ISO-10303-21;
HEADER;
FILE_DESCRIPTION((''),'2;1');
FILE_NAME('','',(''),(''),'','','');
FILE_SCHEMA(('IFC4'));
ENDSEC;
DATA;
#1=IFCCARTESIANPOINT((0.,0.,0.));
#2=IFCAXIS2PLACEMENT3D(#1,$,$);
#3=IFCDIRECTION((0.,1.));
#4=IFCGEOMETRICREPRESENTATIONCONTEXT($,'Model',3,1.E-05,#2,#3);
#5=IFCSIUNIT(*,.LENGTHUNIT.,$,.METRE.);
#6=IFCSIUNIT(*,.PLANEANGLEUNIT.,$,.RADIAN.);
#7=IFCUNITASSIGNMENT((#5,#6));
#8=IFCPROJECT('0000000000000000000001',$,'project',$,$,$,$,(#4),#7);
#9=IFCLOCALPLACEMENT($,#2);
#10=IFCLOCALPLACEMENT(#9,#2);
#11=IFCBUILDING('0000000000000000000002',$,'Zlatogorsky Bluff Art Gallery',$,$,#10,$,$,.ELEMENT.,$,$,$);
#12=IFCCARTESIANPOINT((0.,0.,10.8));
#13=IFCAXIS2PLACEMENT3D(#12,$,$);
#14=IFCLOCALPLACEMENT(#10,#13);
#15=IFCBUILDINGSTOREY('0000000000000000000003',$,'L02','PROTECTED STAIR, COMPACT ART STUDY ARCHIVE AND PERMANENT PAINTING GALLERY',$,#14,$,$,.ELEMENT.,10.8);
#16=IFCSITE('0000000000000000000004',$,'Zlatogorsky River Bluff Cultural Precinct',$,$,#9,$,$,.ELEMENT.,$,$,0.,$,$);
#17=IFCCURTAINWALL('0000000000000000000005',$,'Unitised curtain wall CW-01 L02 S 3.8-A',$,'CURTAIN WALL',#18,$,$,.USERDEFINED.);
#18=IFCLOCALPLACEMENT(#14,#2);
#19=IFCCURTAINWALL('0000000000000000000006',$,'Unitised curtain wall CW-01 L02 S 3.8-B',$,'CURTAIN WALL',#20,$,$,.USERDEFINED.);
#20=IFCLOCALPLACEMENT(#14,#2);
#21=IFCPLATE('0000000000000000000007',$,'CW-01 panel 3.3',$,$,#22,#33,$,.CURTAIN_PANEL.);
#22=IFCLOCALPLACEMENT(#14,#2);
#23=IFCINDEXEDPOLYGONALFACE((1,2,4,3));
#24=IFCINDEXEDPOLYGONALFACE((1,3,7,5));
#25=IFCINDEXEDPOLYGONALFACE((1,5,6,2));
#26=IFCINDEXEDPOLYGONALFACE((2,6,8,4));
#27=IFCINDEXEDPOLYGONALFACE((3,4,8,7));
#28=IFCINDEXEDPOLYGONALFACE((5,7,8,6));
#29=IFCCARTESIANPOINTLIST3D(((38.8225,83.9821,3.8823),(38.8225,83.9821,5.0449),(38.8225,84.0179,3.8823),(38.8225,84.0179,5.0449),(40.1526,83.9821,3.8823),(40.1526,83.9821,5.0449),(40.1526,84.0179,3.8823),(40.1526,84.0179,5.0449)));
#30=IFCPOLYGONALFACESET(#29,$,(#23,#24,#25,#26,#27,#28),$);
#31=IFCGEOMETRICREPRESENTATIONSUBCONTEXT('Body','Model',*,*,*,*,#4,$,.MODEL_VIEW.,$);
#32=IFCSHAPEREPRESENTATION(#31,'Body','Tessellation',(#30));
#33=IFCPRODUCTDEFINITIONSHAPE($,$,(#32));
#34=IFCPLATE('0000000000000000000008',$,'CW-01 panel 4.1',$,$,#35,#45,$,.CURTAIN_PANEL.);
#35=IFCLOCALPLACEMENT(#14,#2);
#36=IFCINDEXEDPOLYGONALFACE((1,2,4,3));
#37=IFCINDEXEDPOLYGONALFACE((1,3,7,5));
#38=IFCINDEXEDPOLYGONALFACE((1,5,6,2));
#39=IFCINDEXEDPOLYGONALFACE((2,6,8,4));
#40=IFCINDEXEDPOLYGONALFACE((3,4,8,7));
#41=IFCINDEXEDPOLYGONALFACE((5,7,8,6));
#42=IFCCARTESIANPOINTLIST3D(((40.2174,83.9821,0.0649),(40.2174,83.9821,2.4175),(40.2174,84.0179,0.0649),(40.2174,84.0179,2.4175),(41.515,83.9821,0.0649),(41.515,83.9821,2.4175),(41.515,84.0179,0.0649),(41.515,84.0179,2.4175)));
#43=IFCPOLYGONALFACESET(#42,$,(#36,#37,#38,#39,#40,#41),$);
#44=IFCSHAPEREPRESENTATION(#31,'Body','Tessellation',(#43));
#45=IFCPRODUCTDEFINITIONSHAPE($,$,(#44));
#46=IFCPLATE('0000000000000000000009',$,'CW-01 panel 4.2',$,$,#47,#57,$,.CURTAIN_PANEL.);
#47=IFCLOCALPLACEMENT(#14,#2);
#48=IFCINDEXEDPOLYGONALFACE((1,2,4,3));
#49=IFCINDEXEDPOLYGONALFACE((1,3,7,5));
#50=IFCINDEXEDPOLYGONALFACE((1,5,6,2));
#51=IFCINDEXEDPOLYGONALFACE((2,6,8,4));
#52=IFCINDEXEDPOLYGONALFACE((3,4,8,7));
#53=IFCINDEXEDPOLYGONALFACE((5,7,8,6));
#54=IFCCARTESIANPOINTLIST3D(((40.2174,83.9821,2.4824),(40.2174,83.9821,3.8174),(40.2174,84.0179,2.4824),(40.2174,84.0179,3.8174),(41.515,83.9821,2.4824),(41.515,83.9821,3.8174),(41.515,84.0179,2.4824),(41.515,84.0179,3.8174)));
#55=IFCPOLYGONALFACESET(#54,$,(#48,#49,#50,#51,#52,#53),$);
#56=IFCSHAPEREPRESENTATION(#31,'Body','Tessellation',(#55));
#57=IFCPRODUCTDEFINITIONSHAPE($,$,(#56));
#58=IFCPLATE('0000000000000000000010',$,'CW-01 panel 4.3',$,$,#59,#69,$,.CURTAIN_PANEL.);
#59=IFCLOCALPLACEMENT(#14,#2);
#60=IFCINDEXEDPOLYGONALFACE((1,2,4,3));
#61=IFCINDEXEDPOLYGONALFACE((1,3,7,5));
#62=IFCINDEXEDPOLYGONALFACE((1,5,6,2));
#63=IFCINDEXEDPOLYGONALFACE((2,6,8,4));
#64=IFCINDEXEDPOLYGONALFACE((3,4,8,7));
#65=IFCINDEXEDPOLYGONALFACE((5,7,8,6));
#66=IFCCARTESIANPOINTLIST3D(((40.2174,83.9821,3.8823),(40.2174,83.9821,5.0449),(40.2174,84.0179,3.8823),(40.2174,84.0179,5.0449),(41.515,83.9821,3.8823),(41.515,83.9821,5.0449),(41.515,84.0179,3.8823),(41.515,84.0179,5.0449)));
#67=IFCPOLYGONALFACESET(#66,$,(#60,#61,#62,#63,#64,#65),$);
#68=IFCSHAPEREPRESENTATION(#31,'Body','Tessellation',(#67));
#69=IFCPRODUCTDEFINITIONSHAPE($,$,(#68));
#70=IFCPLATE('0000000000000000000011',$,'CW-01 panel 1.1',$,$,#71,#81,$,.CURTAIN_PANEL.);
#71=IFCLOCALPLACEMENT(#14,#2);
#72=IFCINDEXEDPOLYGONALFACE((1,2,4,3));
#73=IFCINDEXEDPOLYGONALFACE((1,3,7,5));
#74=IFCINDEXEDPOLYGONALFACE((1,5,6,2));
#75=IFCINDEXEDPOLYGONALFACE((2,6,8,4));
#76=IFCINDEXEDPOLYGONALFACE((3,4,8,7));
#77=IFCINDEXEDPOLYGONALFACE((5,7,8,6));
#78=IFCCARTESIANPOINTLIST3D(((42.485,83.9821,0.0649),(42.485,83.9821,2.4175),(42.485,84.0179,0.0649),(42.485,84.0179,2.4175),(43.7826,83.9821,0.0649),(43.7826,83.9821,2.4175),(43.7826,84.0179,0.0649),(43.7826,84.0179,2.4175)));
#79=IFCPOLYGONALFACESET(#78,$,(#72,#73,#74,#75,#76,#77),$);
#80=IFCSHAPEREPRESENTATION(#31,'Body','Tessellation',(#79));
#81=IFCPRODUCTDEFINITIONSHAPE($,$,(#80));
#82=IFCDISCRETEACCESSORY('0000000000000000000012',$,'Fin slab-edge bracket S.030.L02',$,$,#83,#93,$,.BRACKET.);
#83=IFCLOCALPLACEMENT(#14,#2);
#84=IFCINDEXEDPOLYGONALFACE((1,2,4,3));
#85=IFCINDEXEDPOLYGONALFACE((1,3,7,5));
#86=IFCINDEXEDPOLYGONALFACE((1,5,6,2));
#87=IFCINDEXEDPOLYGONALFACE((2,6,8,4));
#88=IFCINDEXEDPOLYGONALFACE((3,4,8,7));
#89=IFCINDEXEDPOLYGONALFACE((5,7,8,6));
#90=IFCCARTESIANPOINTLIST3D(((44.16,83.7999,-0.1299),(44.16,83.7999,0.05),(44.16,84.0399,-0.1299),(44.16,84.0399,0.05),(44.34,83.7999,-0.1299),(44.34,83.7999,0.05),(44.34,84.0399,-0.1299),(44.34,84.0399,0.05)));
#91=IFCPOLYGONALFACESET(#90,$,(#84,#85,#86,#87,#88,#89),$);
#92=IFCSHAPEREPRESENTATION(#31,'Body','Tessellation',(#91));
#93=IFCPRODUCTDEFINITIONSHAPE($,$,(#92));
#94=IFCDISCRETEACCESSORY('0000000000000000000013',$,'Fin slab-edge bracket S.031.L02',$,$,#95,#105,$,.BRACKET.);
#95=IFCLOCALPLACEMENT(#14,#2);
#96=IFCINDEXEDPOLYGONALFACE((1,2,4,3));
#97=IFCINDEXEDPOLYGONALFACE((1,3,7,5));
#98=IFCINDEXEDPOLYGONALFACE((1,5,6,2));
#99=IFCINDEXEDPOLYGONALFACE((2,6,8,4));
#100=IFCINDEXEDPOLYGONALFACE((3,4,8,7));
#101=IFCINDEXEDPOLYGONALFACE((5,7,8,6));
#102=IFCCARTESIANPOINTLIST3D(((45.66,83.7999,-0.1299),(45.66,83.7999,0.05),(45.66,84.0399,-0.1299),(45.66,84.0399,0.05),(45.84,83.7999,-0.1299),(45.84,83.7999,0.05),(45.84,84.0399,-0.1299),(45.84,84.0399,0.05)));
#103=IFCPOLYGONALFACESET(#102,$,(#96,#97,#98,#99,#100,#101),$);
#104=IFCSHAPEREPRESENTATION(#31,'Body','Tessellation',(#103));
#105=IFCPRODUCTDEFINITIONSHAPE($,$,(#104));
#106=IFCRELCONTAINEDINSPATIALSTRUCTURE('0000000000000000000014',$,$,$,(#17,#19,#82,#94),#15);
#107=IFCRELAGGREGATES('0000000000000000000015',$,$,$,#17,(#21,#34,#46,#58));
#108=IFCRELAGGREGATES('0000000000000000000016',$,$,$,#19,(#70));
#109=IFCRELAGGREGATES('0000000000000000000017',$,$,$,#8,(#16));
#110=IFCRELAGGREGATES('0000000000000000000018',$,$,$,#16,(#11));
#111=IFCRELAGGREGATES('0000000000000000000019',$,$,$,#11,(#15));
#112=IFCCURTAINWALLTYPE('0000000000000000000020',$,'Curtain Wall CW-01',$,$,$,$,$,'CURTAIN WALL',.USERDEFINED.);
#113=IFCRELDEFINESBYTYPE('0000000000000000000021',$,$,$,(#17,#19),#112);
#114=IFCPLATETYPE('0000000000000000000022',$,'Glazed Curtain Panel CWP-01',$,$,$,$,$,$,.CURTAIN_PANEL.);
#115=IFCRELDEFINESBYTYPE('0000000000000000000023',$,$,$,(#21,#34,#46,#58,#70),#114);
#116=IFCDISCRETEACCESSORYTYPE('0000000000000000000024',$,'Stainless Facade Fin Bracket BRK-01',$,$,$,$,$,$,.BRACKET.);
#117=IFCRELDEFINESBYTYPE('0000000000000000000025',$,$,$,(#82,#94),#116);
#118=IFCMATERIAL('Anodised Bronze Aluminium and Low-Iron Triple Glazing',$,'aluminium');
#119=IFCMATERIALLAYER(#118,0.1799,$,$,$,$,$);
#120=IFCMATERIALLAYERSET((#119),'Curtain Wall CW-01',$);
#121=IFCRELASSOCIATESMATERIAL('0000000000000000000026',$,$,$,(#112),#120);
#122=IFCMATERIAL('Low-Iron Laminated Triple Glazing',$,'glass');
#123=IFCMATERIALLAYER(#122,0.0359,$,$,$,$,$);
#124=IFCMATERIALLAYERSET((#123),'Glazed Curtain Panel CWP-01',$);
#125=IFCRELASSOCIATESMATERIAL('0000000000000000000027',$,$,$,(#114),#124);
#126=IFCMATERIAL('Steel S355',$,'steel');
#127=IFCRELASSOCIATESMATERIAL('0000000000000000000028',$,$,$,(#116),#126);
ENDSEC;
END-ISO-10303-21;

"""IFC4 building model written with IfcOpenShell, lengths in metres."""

from ifc_helpers import new_model, si_unit, direction, frame, origin, origin_2d, place, context, subcontext, project, spatial, rectangle, extrude, material, layer, layer_set, type_object, element, aggregate, save


model = new_model("IFC4")

# Units and contexts
model_context = context("Model", 3, precision=1e-05, world=origin(), true_north=direction((0.0, 1.0)))
body_context = subcontext(model_context, "Body", "Model", "MODEL_VIEW")
ifc_project = project(units=[si_unit("LENGTHUNIT", "METRE"), si_unit("PLANEANGLEUNIT", "RADIAN")], contexts=[model_context])

# Site, building, storey
site_placement = place(None, origin())
site = spatial("IfcSite", under=ifc_project, at=site_placement, Name="Zlatogorsky River Bluff Cultural Precinct", CompositionType="ELEMENT", RefElevation=0.0)
building_placement = place(site_placement, origin())
building = spatial("IfcBuilding", under=site, at=building_placement, Name="Zlatogorsky Bluff Art Gallery", CompositionType="ELEMENT")
storey_placement = place(building_placement, frame((0.0, 0.0, 10.8)))
storey = spatial("IfcBuildingStorey", under=building, at=storey_placement, Name="L02", Description="PROTECTED STAIR, COMPACT ART STUDY ARCHIVE AND PERMANENT PAINTING GALLERY", CompositionType="ELEMENT", Elevation=10.8)

# Curtain wall
ifc_material_1 = material(Name="Anodised Bronze Aluminium and Low-Iron Triple Glazing", Category="aluminium")
ifc_layer_1 = layer(ifc_material_1, 0.1799)
ifc_layer_set_1 = layer_set([ifc_layer_1], Name="Curtain Wall CW-01")
curtain_wall_type = type_object("IfcCurtainWallType", Name="Curtain Wall CW-01", ElementType="CURTAIN WALL", PredefinedType="USERDEFINED", material=ifc_layer_set_1)
curtain_wall_1_placement = place(storey_placement, origin())
curtain_wall_1 = element("IfcCurtainWall", 1, at=curtain_wall_1_placement, inside=storey, type_object=curtain_wall_type, Name="Unitised curtain wall CW-01 L02 S 3.8-A", ObjectType="CURTAIN WALL", PredefinedType="USERDEFINED")

# Curtain wall
curtain_wall_2_placement = place(storey_placement, origin())
curtain_wall_2 = element("IfcCurtainWall", 2, at=curtain_wall_2_placement, inside=storey, type_object=curtain_wall_type, Name="Unitised curtain wall CW-01 L02 S 3.8-B", ObjectType="CURTAIN WALL", PredefinedType="USERDEFINED")

# Plates
ifc_material_2 = material(Name="Low-Iron Laminated Triple Glazing", Category="glass")
ifc_layer_2 = layer(ifc_material_2, 0.0359)
ifc_layer_set_2 = layer_set([ifc_layer_2], Name="Glazed Curtain Panel CWP-01")
plate_type = type_object("IfcPlateType", Name="Glazed Curtain Panel CWP-01", PredefinedType="CURTAIN_PANEL", material=ifc_layer_set_2)
plate_1_placement = place(storey_placement, frame((39.4875, 84.0, 3.8823), z_axis=(0.0, 0.0, 1.0), x_axis=(1.0, 0.0, 0.0)))
plate_1 = element("IfcPlate", 3, at=plate_1_placement, type_object=plate_type, Name="CW-01 panel 3.3", PredefinedType="CURTAIN_PANEL", context=body_context, shape_type="SweptSolid", body=[
    extrude(rectangle(XDim=1.3301, YDim=0.0359, at=origin_2d()), origin(), (0.0, 0.0, 1.0), 1.1626),
])
plate_2_placement = place(storey_placement, frame((40.8662, 84.0, 0.0649), z_axis=(0.0, 0.0, 1.0), x_axis=(1.0, 0.0, 0.0)))
plate_2 = element("IfcPlate", 4, at=plate_2_placement, type_object=plate_type, Name="CW-01 panel 4.1", PredefinedType="CURTAIN_PANEL", context=body_context, shape_type="SweptSolid", body=[
    extrude(rectangle(XDim=1.2976, YDim=0.0359, at=origin_2d()), origin(), (0.0, 0.0, 1.0), 2.3525),
])
plate_3_placement = place(storey_placement, frame((40.8662, 84.0, 2.4824), z_axis=(0.0, 0.0, 1.0), x_axis=(1.0, 0.0, 0.0)))
plate_3 = element("IfcPlate", 5, at=plate_3_placement, type_object=plate_type, Name="CW-01 panel 4.2", PredefinedType="CURTAIN_PANEL", context=body_context, shape_type="SweptSolid", body=[
    extrude(rectangle(XDim=1.2976, YDim=0.0359, at=origin_2d()), origin(), (0.0, 0.0, 1.0), 1.335),
])
plate_4_placement = place(storey_placement, frame((40.8662, 84.0, 3.8823), z_axis=(0.0, 0.0, 1.0), x_axis=(1.0, 0.0, 0.0)))
plate_4 = element("IfcPlate", 6, at=plate_4_placement, type_object=plate_type, Name="CW-01 panel 4.3", PredefinedType="CURTAIN_PANEL", context=body_context, shape_type="SweptSolid", body=[
    extrude(rectangle(XDim=1.2976, YDim=0.0359, at=origin_2d()), origin(), (0.0, 0.0, 1.0), 1.1626),
])
aggregate(curtain_wall_1, [plate_1, plate_2, plate_3, plate_4])
plate_5_placement = place(storey_placement, frame((43.1338, 84.0, 0.0649), z_axis=(0.0, 0.0, 1.0), x_axis=(1.0, 0.0, 0.0)))
plate_5 = element("IfcPlate", 7, at=plate_5_placement, type_object=plate_type, Name="CW-01 panel 1.1", PredefinedType="CURTAIN_PANEL", context=body_context, shape_type="SweptSolid", body=[
    extrude(rectangle(XDim=1.2976, YDim=0.0359, at=origin_2d()), origin(), (0.0, 0.0, 1.0), 2.3525),
])
aggregate(curtain_wall_2, [plate_5])

# Discrete accessories
ifc_material_3 = material(Name="Steel S355", Category="steel")
discrete_accessory_type = type_object("IfcDiscreteAccessoryType", Name="Stainless Facade Fin Bracket BRK-01", PredefinedType="BRACKET", material=ifc_material_3)
for number, where, z_axis, x_axis, name in (
    (8, (44.25, 83.9199, -0.1299), (0.0, 0.0, 1.0), (1.0, 0.0, 0.0), "Fin slab-edge bracket S.030.L02"),
    (9, (45.75, 83.9199, -0.1299), (0.0, 0.0, 1.0), (1.0, 0.0, 0.0), "Fin slab-edge bracket S.031.L02"),
):
    element("IfcDiscreteAccessory", number, at=place(storey_placement, frame(where, z_axis=z_axis, x_axis=x_axis)), inside=storey, type_object=discrete_accessory_type, Name=name, PredefinedType="BRACKET", context=body_context, shape_type="SweptSolid", body=[
        extrude(rectangle(XDim=0.1799, YDim=0.24, at=origin_2d()), origin(), (0.0, 0.0, 1.0), 0.1799),
    ])

save(model, "model.ifc")
